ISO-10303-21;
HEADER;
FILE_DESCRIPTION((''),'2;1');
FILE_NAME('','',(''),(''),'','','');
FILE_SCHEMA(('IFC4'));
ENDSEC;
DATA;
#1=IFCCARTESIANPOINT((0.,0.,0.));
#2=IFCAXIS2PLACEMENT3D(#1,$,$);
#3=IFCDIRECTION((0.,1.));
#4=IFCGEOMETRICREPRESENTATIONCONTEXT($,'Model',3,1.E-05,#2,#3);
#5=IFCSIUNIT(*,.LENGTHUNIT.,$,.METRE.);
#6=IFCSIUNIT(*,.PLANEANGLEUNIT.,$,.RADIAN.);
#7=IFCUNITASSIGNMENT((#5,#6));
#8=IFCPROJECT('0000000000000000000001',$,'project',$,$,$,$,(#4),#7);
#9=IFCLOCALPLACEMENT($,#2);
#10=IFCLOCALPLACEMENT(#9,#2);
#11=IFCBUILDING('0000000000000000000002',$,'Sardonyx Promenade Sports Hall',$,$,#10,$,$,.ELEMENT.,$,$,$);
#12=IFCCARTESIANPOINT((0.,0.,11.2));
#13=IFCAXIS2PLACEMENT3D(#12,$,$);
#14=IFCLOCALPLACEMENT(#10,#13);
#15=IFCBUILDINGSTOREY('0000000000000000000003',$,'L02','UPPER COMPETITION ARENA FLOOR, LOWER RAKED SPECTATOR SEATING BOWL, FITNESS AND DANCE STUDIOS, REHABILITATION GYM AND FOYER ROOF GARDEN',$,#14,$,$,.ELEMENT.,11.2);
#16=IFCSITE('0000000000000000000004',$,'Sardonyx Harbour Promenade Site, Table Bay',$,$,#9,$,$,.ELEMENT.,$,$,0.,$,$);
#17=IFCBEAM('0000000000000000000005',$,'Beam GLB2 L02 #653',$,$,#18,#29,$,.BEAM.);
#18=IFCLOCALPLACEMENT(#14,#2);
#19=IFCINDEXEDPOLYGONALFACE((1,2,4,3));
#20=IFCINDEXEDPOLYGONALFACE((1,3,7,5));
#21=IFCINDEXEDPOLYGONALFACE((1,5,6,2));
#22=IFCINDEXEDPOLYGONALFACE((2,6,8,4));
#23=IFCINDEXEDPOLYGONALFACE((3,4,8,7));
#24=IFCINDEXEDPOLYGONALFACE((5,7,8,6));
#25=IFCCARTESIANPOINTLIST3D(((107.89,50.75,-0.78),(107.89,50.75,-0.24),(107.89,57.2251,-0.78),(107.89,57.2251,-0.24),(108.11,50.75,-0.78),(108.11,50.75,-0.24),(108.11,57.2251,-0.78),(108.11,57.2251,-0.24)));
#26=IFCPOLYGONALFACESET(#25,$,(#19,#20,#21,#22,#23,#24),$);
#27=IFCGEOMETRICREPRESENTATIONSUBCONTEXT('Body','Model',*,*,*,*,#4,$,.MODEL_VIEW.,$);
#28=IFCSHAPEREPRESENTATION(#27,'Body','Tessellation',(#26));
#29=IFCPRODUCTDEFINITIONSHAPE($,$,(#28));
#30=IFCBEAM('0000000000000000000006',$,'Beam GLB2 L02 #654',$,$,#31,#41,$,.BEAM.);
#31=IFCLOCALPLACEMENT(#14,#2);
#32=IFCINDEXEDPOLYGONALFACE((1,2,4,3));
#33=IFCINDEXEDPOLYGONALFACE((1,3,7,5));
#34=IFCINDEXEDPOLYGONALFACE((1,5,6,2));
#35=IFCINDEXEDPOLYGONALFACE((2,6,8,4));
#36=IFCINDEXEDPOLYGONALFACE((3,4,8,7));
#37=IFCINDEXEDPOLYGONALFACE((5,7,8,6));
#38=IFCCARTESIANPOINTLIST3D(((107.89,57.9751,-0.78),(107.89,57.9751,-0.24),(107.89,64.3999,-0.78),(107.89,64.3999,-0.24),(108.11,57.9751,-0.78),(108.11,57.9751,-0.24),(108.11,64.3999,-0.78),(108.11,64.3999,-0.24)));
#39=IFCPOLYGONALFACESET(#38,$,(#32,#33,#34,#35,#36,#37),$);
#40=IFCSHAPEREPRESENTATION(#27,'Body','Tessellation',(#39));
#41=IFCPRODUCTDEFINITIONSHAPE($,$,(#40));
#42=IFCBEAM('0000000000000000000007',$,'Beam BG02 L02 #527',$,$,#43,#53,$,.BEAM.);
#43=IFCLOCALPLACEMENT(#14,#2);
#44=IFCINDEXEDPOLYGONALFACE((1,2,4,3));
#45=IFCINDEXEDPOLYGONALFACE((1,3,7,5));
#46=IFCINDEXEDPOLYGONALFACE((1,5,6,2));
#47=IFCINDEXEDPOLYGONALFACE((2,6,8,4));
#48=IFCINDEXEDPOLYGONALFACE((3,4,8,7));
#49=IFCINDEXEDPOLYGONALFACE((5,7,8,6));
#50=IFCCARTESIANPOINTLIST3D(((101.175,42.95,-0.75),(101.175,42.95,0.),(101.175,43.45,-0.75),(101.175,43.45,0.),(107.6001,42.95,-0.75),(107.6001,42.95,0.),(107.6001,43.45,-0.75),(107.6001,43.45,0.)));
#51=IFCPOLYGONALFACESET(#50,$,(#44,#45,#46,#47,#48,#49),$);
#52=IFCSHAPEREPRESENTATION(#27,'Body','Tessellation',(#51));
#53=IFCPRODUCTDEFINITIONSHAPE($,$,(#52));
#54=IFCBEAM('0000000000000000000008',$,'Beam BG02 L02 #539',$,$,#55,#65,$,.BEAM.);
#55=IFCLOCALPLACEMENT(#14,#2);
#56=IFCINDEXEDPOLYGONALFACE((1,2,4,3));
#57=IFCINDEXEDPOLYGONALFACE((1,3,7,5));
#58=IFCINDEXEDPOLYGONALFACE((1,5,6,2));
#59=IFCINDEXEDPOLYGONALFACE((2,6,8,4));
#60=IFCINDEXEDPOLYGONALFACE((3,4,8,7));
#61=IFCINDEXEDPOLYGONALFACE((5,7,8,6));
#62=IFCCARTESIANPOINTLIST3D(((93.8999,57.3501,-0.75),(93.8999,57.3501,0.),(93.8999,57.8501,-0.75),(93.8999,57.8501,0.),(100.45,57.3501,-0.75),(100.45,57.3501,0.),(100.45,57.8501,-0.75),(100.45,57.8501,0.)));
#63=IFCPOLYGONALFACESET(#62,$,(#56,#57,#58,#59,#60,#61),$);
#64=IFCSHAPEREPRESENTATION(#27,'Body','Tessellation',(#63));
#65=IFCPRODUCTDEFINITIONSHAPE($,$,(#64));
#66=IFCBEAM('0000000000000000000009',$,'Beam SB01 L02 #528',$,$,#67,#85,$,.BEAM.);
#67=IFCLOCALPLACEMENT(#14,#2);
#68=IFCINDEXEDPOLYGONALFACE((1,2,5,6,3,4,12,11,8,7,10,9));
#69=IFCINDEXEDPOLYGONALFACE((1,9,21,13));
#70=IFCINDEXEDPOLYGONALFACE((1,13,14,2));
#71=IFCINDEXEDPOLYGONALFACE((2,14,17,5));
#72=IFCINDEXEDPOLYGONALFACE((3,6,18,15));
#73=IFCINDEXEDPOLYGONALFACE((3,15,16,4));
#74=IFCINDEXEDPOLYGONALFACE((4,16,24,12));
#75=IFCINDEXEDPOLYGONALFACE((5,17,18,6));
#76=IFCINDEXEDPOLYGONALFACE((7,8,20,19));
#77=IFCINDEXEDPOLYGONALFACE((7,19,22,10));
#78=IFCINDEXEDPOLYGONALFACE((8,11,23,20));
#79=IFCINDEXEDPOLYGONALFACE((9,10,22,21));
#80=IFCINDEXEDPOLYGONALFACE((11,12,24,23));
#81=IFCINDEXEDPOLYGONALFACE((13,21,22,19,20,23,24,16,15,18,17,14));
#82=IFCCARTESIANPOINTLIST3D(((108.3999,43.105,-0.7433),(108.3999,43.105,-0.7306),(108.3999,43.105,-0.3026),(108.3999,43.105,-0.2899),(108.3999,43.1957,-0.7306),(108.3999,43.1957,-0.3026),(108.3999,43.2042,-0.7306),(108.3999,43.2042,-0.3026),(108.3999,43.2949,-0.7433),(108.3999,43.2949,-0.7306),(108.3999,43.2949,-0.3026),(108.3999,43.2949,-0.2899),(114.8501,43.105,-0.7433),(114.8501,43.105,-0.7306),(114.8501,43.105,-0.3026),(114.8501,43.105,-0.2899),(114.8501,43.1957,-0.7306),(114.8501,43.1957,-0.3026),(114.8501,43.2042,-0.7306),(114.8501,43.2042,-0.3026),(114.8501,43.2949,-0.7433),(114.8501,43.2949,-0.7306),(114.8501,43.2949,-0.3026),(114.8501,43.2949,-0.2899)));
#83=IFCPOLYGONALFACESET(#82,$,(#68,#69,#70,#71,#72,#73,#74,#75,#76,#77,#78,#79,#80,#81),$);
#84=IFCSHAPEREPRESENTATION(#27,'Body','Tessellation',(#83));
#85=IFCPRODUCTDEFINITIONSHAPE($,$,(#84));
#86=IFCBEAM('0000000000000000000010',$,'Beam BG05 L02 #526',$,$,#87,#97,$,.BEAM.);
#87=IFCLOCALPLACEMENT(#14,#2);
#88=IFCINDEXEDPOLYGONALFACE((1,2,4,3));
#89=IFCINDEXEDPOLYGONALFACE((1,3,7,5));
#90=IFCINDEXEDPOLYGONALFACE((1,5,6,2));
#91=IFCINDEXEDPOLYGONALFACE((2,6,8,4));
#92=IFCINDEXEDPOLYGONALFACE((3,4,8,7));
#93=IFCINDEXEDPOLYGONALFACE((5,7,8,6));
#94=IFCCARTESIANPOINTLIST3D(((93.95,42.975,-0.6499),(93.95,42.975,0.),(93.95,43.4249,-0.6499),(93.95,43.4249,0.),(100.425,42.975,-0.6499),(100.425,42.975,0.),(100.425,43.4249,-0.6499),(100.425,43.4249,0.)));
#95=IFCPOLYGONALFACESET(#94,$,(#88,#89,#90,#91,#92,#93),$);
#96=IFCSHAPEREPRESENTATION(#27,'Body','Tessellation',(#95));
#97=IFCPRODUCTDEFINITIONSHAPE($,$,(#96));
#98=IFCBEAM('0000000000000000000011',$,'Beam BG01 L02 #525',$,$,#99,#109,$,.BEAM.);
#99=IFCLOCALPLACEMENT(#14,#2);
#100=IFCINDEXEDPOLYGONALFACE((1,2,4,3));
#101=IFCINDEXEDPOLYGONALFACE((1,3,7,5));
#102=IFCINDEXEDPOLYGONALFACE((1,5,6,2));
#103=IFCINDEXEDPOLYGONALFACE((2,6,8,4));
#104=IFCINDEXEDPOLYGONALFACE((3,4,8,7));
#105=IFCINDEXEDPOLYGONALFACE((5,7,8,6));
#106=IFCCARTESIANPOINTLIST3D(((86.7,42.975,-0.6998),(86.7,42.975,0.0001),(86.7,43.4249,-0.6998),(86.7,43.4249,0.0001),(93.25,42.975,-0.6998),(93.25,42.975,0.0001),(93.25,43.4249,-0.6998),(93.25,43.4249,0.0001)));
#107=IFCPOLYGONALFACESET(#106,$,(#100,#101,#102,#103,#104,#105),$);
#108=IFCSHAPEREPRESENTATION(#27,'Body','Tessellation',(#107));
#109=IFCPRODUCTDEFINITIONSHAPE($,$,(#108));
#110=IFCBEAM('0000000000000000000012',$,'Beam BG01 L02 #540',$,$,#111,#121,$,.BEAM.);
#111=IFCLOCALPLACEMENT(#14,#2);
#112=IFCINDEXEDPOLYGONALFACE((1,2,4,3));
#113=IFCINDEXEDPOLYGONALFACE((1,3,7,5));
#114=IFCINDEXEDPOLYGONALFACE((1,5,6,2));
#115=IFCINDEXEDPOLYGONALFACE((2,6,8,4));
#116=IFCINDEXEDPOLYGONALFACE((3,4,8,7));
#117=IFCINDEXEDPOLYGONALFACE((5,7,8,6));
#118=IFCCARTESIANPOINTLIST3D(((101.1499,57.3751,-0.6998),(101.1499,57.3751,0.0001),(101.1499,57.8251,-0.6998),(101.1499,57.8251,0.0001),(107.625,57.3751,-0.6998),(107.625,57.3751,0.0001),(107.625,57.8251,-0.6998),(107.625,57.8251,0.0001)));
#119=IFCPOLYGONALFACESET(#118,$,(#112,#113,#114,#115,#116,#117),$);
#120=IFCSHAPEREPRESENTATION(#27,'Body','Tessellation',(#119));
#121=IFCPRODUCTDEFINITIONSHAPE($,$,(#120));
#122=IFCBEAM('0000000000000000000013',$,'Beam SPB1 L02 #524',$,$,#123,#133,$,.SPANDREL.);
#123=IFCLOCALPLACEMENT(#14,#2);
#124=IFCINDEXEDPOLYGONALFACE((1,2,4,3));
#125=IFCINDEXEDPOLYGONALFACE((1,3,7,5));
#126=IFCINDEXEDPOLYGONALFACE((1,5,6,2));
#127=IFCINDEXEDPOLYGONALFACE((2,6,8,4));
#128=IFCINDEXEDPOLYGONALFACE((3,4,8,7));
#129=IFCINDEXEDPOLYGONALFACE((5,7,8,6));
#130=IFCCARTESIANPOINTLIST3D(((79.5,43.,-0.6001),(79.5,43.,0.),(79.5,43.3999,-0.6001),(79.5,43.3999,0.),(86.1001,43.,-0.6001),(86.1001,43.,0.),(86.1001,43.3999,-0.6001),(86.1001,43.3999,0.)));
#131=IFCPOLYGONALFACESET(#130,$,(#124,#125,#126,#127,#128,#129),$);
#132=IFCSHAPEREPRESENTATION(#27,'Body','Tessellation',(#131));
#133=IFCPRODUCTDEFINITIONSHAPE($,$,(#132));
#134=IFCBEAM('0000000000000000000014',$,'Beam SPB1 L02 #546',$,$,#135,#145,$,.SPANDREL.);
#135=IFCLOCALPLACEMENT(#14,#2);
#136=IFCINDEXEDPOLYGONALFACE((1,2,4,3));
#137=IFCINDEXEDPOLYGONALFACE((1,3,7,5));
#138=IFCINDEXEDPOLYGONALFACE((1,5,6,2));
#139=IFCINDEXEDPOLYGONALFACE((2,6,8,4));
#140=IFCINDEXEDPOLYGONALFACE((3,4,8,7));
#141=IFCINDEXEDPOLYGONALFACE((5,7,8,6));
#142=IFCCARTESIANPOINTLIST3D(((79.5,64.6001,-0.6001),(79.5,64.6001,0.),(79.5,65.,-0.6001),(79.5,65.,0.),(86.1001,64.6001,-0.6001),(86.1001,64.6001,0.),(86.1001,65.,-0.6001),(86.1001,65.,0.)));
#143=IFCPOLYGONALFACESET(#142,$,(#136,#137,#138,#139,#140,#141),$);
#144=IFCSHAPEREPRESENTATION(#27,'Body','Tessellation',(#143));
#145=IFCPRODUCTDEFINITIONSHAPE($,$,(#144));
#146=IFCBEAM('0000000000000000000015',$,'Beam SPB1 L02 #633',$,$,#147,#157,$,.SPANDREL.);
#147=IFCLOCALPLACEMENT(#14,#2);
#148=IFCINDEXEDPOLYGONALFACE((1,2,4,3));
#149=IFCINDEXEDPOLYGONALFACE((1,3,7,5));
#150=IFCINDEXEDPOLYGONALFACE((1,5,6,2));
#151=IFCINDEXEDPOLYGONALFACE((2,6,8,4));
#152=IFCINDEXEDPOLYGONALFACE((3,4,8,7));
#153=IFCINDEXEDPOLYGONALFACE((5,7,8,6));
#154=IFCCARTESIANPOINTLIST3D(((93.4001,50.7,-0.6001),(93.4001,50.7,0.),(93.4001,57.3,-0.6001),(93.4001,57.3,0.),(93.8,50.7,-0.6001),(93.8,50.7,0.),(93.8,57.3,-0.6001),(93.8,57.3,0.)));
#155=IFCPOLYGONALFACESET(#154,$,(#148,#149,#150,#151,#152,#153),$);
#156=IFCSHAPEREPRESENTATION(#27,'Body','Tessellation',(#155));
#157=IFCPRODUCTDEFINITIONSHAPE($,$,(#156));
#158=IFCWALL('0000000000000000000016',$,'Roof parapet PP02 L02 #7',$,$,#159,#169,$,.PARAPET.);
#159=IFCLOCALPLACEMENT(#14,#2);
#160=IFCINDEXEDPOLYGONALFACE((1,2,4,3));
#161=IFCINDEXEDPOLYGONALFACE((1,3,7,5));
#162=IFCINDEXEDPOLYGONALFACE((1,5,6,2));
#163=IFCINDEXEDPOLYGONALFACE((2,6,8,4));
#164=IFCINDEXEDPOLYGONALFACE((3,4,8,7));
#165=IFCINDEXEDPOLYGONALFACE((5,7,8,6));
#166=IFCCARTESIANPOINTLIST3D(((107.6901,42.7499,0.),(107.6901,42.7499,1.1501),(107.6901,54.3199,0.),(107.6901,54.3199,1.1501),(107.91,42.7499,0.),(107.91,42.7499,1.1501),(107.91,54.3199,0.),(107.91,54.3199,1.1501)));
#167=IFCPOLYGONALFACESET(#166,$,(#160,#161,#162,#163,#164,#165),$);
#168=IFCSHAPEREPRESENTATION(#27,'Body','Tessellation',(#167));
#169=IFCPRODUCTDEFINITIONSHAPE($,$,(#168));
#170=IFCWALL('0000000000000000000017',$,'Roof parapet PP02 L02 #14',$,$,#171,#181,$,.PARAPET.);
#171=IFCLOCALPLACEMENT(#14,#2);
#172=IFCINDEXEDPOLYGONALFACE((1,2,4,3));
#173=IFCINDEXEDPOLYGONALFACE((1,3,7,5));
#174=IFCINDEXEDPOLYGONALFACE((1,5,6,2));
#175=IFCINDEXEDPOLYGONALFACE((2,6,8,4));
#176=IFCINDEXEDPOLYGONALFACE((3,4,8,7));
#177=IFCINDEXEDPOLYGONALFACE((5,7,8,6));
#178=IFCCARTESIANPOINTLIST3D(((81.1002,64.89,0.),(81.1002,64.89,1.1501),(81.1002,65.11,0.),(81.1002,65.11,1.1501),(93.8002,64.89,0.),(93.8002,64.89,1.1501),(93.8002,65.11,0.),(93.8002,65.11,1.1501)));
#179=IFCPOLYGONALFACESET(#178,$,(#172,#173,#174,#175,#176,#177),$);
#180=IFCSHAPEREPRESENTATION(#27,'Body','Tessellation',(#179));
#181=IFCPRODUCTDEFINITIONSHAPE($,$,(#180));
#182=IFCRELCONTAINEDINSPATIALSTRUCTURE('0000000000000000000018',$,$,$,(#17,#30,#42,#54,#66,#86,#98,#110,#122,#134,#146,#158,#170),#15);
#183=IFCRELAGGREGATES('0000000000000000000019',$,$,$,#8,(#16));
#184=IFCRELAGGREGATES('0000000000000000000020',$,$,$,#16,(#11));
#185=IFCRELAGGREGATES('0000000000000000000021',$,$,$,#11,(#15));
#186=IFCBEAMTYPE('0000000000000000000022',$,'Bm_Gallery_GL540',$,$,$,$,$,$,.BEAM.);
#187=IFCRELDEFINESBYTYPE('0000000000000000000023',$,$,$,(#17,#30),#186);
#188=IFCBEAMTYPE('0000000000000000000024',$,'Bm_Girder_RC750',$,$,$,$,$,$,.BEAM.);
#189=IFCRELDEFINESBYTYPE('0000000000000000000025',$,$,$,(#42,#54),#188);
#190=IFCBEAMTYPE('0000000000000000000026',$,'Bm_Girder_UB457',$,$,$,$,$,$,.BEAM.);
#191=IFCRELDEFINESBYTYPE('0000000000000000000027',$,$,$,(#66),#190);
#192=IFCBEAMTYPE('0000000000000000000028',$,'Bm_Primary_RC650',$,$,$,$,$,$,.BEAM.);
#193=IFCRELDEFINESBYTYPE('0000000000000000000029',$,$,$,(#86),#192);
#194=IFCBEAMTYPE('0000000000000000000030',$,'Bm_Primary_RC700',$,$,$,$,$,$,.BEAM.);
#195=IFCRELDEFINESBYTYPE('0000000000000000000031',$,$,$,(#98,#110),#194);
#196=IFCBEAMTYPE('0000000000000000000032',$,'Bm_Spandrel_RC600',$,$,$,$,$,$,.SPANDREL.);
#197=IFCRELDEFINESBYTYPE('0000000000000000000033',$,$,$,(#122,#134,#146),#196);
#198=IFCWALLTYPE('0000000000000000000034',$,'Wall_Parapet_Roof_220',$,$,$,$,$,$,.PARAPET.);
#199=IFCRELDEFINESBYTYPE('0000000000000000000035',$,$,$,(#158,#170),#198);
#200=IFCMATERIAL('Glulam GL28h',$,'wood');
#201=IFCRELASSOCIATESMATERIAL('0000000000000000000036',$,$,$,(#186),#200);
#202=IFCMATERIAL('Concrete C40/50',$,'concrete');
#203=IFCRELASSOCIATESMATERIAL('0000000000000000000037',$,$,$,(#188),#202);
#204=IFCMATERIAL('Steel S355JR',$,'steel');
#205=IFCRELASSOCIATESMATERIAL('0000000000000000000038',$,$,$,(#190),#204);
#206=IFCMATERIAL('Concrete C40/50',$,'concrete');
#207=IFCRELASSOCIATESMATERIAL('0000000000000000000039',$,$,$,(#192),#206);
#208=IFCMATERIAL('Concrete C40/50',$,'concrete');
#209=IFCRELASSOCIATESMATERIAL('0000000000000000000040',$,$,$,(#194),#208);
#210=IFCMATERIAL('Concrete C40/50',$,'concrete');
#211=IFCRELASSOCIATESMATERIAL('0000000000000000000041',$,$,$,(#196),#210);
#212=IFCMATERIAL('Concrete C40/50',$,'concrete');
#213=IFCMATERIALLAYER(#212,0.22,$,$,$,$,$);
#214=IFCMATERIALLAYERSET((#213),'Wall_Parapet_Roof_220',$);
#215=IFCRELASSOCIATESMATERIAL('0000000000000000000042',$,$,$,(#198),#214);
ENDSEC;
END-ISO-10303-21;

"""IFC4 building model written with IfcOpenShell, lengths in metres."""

from ifc_helpers import new_model, si_unit, direction, frame, frame_2d, origin, origin_2d, place, context, subcontext, project, spatial, rectangle, i_section, extrude, material, layer, layer_set, material_profile, profile_set, type_object, element, save


model = new_model("IFC4")

# Units and contexts
model_context = context("Model", 3, precision=1e-05, world=origin(), true_north=direction((0.0, 1.0)))
body_context = subcontext(model_context, "Body", "Model", "MODEL_VIEW")
ifc_project = project(units=[si_unit("LENGTHUNIT", "METRE"), si_unit("PLANEANGLEUNIT", "RADIAN")], contexts=[model_context])

# Site, building, storey
site_placement = place(None, origin())
site = spatial("IfcSite", under=ifc_project, at=site_placement, Name="Sardonyx Harbour Promenade Site, Table Bay", CompositionType="ELEMENT", RefElevation=0.0)
building_placement = place(site_placement, origin())
building = spatial("IfcBuilding", under=site, at=building_placement, Name="Sardonyx Promenade Sports Hall", CompositionType="ELEMENT")
storey_placement = place(building_placement, frame((0.0, 0.0, 11.2)))
storey = spatial("IfcBuildingStorey", under=building, at=storey_placement, Name="L02", Description="UPPER COMPETITION ARENA FLOOR, LOWER RAKED SPECTATOR SEATING BOWL, FITNESS AND DANCE STUDIOS, REHABILITATION GYM AND FOYER ROOF GARDEN", CompositionType="ELEMENT", Elevation=11.2)

# Beams
ifc_material_1 = material(Name="Glulam GL28h", Category="wood")
ifc_material_profile_1 = material_profile(ifc_material_1, rectangle(XDim=0.22, YDim=0.54, at=origin_2d()))
ifc_profile_set_1 = profile_set([ifc_material_profile_1], Name="Glulam GL28h")
beam_type_1 = type_object("IfcBeamType", Name="Bm_Gallery_GL540", PredefinedType="BEAM", material=ifc_profile_set_1)
beam_1_placement = place(storey_placement, frame((108.0, 50.75, -0.51), z_axis=(0.0, 1.0, 0.0), x_axis=(-1.0, 0.0, 0.0)))
element("IfcBeam", 1, at=beam_1_placement, inside=storey, type_object=beam_type_1, Name="Beam GLB2 L02 #653", PredefinedType="BEAM", context=body_context, shape_type="SweptSolid", body=[
    extrude(rectangle(XDim=0.22, YDim=0.54, at=origin_2d()), origin(), (0.0, 0.0, 1.0), 6.4751),
])
beam_2_placement = place(storey_placement, frame((108.0, 57.9751, -0.51), z_axis=(0.0, 1.0, 0.0), x_axis=(-1.0, 0.0, 0.0)))
element("IfcBeam", 2, at=beam_2_placement, inside=storey, type_object=beam_type_1, Name="Beam GLB2 L02 #654", PredefinedType="BEAM", context=body_context, shape_type="SweptSolid", body=[
    extrude(rectangle(XDim=0.22, YDim=0.54, at=origin_2d()), origin(), (0.0, 0.0, 1.0), 6.4248),
])
ifc_material_2 = material(Name="Concrete C40/50", Category="concrete")
ifc_material_profile_2 = material_profile(ifc_material_2, rectangle(XDim=0.5, YDim=0.75, at=origin_2d()))
ifc_profile_set_2 = profile_set([ifc_material_profile_2], Name="Concrete C40/50")
beam_type_2 = type_object("IfcBeamType", Name="Bm_Girder_RC750", PredefinedType="BEAM", material=ifc_profile_set_2)
beam_3_placement = place(storey_placement, frame((101.175, 43.2, -0.375), z_axis=(1.0, 0.0, 0.0), x_axis=(0.0, 1.0, 0.0)))
element("IfcBeam", 3, at=beam_3_placement, inside=storey, type_object=beam_type_2, Name="Beam BG02 L02 #527", PredefinedType="BEAM", context=body_context, shape_type="SweptSolid", body=[
    extrude(rectangle(XDim=0.5, YDim=0.75, at=origin_2d()), origin(), (0.0, 0.0, 1.0), 6.425),
])
beam_4_placement = place(storey_placement, frame((93.8999, 57.6001, -0.375), z_axis=(1.0, 0.0, 0.0), x_axis=(0.0, 1.0, 0.0)))
element("IfcBeam", 4, at=beam_4_placement, inside=storey, type_object=beam_type_2, Name="Beam BG02 L02 #539", PredefinedType="BEAM", context=body_context, shape_type="SweptSolid", body=[
    extrude(rectangle(XDim=0.5, YDim=0.75, at=origin_2d()), origin(), (0.0, 0.0, 1.0), 6.55),
])
ifc_material_3 = material(Name="Steel S355JR", Category="steel")
ifc_material_profile_3 = material_profile(ifc_material_3, i_section(OverallWidth=0.1899, OverallDepth=0.4534, WebThickness=0.0085, FlangeThickness=0.0127, at=origin_2d()))
ifc_profile_set_3 = profile_set([ifc_material_profile_3], Name="Steel S355JR")
beam_type_3 = type_object("IfcBeamType", Name="Bm_Girder_UB457", PredefinedType="BEAM", material=ifc_profile_set_3)
beam_5_placement = place(storey_placement, frame((108.3999, 43.2, -0.5166), z_axis=(1.0, 0.0, 0.0), x_axis=(0.0, 1.0, 0.0)))
element("IfcBeam", 5, at=beam_5_placement, inside=storey, type_object=beam_type_3, Name="Beam SB01 L02 #528", PredefinedType="BEAM", context=body_context, shape_type="SweptSolid", body=[
    extrude(i_section(OverallWidth=0.1899, OverallDepth=0.4534, WebThickness=0.0085, FlangeThickness=0.0127, at=origin_2d()), origin(), (0.0, 0.0, 1.0), 6.4502),
])
ifc_material_4 = material(Name="Concrete C40/50", Category="concrete")
ifc_material_profile_4 = material_profile(ifc_material_4, rectangle(XDim=0.45, YDim=0.6499, at=origin_2d()))
ifc_profile_set_4 = profile_set([ifc_material_profile_4], Name="Concrete C40/50")
beam_type_4 = type_object("IfcBeamType", Name="Bm_Primary_RC650", PredefinedType="BEAM", material=ifc_profile_set_4)
beam_6_placement = place(storey_placement, frame((93.95, 43.2, -0.325), z_axis=(1.0, 0.0, 0.0), x_axis=(0.0, 1.0, 0.0)))
element("IfcBeam", 6, at=beam_6_placement, inside=storey, type_object=beam_type_4, Name="Beam BG05 L02 #526", PredefinedType="BEAM", context=body_context, shape_type="SweptSolid", body=[
    extrude(rectangle(XDim=0.45, YDim=0.6499, at=origin_2d()), origin(), (0.0, 0.0, 1.0), 6.4751),
])
ifc_material_5 = material(Name="Concrete C40/50", Category="concrete")
ifc_material_profile_5 = material_profile(ifc_material_5, rectangle(XDim=0.45, YDim=0.7, at=origin_2d()))
ifc_profile_set_5 = profile_set([ifc_material_profile_5], Name="Concrete C40/50")
beam_type_5 = type_object("IfcBeamType", Name="Bm_Primary_RC700", PredefinedType="BEAM", material=ifc_profile_set_5)
beam_7_placement = place(storey_placement, frame((86.7, 43.2, -0.3499), z_axis=(1.0, 0.0, 0.0), x_axis=(0.0, 1.0, 0.0)))
element("IfcBeam", 7, at=beam_7_placement, inside=storey, type_object=beam_type_5, Name="Beam BG01 L02 #525", PredefinedType="BEAM", context=body_context, shape_type="SweptSolid", body=[
    extrude(rectangle(XDim=0.45, YDim=0.7, at=origin_2d()), origin(), (0.0, 0.0, 1.0), 6.55),
])
beam_8_placement = place(storey_placement, frame((101.1499, 57.6001, -0.3499), z_axis=(1.0, 0.0, 0.0), x_axis=(0.0, 1.0, 0.0)))
element("IfcBeam", 8, at=beam_8_placement, inside=storey, type_object=beam_type_5, Name="Beam BG01 L02 #540", PredefinedType="BEAM", context=body_context, shape_type="SweptSolid", body=[
    extrude(rectangle(XDim=0.45, YDim=0.7, at=origin_2d()), origin(), (0.0, 0.0, 1.0), 6.4751),
])
ifc_material_6 = material(Name="Concrete C40/50", Category="concrete")
ifc_material_profile_6 = material_profile(ifc_material_6, rectangle(XDim=0.3999, YDim=0.6001, at=origin_2d()))
ifc_profile_set_6 = profile_set([ifc_material_profile_6], Name="Concrete C40/50")
beam_type_6 = type_object("IfcBeamType", Name="Bm_Spandrel_RC600", PredefinedType="SPANDREL", material=ifc_profile_set_6)
for number, where, z_axis, x_axis, name in (
    (9, (79.5, 43.2, -0.3), (1.0, 0.0, 0.0), (0.0, 1.0, 0.0), "Beam SPB1 L02 #524"),
    (10, (79.5, 64.8, -0.3), (1.0, 0.0, 0.0), (0.0, 1.0, 0.0), "Beam SPB1 L02 #546"),
    (11, (93.6001, 50.7, -0.3), (0.0, 1.0, 0.0), (-1.0, 0.0, 0.0), "Beam SPB1 L02 #633"),
):
    element("IfcBeam", number, at=place(storey_placement, frame(where, z_axis=z_axis, x_axis=x_axis)), inside=storey, type_object=beam_type_6, Name=name, PredefinedType="SPANDREL", context=body_context, shape_type="SweptSolid", body=[
        extrude(rectangle(XDim=0.3999, YDim=0.6001, at=origin_2d()), origin(), (0.0, 0.0, 1.0), 6.6001),
    ])

# Walls
ifc_material_7 = material(Name="Concrete C40/50", Category="concrete")
ifc_layer = layer(ifc_material_7, 0.22)
ifc_layer_set = layer_set([ifc_layer], Name="Wall_Parapet_Roof_220")
wall_type = type_object("IfcWallType", Name="Wall_Parapet_Roof_220", PredefinedType="PARAPET", material=ifc_layer_set)
wall_1_placement = place(storey_placement, frame((107.8, 54.3201, 0.0), z_axis=(0.0, 0.0, 1.0), x_axis=(0.0, -1.0, 0.0)))
element("IfcWall", 12, at=wall_1_placement, inside=storey, type_object=wall_type, Name="Roof parapet PP02 L02 #7", PredefinedType="PARAPET", context=body_context, shape_type="SweptSolid", body=[
    extrude(rectangle(XDim=11.5701, YDim=0.22, at=frame_2d((5.7852, 0.0))), origin(), (0.0, 0.0, 1.0), 1.1501),
])
wall_2_placement = place(storey_placement, frame((81.1001, 65.0, 0.0), z_axis=(0.0, 0.0, 1.0), x_axis=(1.0, 0.0, 0.0)))
element("IfcWall", 13, at=wall_2_placement, inside=storey, type_object=wall_type, Name="Roof parapet PP02 L02 #14", PredefinedType="PARAPET", context=body_context, shape_type="SweptSolid", body=[
    extrude(rectangle(XDim=12.7, YDim=0.22, at=frame_2d((6.3501, 0.0))), origin(), (0.0, 0.0, 1.0), 1.1501),
])

save(model, "model.ifc")
